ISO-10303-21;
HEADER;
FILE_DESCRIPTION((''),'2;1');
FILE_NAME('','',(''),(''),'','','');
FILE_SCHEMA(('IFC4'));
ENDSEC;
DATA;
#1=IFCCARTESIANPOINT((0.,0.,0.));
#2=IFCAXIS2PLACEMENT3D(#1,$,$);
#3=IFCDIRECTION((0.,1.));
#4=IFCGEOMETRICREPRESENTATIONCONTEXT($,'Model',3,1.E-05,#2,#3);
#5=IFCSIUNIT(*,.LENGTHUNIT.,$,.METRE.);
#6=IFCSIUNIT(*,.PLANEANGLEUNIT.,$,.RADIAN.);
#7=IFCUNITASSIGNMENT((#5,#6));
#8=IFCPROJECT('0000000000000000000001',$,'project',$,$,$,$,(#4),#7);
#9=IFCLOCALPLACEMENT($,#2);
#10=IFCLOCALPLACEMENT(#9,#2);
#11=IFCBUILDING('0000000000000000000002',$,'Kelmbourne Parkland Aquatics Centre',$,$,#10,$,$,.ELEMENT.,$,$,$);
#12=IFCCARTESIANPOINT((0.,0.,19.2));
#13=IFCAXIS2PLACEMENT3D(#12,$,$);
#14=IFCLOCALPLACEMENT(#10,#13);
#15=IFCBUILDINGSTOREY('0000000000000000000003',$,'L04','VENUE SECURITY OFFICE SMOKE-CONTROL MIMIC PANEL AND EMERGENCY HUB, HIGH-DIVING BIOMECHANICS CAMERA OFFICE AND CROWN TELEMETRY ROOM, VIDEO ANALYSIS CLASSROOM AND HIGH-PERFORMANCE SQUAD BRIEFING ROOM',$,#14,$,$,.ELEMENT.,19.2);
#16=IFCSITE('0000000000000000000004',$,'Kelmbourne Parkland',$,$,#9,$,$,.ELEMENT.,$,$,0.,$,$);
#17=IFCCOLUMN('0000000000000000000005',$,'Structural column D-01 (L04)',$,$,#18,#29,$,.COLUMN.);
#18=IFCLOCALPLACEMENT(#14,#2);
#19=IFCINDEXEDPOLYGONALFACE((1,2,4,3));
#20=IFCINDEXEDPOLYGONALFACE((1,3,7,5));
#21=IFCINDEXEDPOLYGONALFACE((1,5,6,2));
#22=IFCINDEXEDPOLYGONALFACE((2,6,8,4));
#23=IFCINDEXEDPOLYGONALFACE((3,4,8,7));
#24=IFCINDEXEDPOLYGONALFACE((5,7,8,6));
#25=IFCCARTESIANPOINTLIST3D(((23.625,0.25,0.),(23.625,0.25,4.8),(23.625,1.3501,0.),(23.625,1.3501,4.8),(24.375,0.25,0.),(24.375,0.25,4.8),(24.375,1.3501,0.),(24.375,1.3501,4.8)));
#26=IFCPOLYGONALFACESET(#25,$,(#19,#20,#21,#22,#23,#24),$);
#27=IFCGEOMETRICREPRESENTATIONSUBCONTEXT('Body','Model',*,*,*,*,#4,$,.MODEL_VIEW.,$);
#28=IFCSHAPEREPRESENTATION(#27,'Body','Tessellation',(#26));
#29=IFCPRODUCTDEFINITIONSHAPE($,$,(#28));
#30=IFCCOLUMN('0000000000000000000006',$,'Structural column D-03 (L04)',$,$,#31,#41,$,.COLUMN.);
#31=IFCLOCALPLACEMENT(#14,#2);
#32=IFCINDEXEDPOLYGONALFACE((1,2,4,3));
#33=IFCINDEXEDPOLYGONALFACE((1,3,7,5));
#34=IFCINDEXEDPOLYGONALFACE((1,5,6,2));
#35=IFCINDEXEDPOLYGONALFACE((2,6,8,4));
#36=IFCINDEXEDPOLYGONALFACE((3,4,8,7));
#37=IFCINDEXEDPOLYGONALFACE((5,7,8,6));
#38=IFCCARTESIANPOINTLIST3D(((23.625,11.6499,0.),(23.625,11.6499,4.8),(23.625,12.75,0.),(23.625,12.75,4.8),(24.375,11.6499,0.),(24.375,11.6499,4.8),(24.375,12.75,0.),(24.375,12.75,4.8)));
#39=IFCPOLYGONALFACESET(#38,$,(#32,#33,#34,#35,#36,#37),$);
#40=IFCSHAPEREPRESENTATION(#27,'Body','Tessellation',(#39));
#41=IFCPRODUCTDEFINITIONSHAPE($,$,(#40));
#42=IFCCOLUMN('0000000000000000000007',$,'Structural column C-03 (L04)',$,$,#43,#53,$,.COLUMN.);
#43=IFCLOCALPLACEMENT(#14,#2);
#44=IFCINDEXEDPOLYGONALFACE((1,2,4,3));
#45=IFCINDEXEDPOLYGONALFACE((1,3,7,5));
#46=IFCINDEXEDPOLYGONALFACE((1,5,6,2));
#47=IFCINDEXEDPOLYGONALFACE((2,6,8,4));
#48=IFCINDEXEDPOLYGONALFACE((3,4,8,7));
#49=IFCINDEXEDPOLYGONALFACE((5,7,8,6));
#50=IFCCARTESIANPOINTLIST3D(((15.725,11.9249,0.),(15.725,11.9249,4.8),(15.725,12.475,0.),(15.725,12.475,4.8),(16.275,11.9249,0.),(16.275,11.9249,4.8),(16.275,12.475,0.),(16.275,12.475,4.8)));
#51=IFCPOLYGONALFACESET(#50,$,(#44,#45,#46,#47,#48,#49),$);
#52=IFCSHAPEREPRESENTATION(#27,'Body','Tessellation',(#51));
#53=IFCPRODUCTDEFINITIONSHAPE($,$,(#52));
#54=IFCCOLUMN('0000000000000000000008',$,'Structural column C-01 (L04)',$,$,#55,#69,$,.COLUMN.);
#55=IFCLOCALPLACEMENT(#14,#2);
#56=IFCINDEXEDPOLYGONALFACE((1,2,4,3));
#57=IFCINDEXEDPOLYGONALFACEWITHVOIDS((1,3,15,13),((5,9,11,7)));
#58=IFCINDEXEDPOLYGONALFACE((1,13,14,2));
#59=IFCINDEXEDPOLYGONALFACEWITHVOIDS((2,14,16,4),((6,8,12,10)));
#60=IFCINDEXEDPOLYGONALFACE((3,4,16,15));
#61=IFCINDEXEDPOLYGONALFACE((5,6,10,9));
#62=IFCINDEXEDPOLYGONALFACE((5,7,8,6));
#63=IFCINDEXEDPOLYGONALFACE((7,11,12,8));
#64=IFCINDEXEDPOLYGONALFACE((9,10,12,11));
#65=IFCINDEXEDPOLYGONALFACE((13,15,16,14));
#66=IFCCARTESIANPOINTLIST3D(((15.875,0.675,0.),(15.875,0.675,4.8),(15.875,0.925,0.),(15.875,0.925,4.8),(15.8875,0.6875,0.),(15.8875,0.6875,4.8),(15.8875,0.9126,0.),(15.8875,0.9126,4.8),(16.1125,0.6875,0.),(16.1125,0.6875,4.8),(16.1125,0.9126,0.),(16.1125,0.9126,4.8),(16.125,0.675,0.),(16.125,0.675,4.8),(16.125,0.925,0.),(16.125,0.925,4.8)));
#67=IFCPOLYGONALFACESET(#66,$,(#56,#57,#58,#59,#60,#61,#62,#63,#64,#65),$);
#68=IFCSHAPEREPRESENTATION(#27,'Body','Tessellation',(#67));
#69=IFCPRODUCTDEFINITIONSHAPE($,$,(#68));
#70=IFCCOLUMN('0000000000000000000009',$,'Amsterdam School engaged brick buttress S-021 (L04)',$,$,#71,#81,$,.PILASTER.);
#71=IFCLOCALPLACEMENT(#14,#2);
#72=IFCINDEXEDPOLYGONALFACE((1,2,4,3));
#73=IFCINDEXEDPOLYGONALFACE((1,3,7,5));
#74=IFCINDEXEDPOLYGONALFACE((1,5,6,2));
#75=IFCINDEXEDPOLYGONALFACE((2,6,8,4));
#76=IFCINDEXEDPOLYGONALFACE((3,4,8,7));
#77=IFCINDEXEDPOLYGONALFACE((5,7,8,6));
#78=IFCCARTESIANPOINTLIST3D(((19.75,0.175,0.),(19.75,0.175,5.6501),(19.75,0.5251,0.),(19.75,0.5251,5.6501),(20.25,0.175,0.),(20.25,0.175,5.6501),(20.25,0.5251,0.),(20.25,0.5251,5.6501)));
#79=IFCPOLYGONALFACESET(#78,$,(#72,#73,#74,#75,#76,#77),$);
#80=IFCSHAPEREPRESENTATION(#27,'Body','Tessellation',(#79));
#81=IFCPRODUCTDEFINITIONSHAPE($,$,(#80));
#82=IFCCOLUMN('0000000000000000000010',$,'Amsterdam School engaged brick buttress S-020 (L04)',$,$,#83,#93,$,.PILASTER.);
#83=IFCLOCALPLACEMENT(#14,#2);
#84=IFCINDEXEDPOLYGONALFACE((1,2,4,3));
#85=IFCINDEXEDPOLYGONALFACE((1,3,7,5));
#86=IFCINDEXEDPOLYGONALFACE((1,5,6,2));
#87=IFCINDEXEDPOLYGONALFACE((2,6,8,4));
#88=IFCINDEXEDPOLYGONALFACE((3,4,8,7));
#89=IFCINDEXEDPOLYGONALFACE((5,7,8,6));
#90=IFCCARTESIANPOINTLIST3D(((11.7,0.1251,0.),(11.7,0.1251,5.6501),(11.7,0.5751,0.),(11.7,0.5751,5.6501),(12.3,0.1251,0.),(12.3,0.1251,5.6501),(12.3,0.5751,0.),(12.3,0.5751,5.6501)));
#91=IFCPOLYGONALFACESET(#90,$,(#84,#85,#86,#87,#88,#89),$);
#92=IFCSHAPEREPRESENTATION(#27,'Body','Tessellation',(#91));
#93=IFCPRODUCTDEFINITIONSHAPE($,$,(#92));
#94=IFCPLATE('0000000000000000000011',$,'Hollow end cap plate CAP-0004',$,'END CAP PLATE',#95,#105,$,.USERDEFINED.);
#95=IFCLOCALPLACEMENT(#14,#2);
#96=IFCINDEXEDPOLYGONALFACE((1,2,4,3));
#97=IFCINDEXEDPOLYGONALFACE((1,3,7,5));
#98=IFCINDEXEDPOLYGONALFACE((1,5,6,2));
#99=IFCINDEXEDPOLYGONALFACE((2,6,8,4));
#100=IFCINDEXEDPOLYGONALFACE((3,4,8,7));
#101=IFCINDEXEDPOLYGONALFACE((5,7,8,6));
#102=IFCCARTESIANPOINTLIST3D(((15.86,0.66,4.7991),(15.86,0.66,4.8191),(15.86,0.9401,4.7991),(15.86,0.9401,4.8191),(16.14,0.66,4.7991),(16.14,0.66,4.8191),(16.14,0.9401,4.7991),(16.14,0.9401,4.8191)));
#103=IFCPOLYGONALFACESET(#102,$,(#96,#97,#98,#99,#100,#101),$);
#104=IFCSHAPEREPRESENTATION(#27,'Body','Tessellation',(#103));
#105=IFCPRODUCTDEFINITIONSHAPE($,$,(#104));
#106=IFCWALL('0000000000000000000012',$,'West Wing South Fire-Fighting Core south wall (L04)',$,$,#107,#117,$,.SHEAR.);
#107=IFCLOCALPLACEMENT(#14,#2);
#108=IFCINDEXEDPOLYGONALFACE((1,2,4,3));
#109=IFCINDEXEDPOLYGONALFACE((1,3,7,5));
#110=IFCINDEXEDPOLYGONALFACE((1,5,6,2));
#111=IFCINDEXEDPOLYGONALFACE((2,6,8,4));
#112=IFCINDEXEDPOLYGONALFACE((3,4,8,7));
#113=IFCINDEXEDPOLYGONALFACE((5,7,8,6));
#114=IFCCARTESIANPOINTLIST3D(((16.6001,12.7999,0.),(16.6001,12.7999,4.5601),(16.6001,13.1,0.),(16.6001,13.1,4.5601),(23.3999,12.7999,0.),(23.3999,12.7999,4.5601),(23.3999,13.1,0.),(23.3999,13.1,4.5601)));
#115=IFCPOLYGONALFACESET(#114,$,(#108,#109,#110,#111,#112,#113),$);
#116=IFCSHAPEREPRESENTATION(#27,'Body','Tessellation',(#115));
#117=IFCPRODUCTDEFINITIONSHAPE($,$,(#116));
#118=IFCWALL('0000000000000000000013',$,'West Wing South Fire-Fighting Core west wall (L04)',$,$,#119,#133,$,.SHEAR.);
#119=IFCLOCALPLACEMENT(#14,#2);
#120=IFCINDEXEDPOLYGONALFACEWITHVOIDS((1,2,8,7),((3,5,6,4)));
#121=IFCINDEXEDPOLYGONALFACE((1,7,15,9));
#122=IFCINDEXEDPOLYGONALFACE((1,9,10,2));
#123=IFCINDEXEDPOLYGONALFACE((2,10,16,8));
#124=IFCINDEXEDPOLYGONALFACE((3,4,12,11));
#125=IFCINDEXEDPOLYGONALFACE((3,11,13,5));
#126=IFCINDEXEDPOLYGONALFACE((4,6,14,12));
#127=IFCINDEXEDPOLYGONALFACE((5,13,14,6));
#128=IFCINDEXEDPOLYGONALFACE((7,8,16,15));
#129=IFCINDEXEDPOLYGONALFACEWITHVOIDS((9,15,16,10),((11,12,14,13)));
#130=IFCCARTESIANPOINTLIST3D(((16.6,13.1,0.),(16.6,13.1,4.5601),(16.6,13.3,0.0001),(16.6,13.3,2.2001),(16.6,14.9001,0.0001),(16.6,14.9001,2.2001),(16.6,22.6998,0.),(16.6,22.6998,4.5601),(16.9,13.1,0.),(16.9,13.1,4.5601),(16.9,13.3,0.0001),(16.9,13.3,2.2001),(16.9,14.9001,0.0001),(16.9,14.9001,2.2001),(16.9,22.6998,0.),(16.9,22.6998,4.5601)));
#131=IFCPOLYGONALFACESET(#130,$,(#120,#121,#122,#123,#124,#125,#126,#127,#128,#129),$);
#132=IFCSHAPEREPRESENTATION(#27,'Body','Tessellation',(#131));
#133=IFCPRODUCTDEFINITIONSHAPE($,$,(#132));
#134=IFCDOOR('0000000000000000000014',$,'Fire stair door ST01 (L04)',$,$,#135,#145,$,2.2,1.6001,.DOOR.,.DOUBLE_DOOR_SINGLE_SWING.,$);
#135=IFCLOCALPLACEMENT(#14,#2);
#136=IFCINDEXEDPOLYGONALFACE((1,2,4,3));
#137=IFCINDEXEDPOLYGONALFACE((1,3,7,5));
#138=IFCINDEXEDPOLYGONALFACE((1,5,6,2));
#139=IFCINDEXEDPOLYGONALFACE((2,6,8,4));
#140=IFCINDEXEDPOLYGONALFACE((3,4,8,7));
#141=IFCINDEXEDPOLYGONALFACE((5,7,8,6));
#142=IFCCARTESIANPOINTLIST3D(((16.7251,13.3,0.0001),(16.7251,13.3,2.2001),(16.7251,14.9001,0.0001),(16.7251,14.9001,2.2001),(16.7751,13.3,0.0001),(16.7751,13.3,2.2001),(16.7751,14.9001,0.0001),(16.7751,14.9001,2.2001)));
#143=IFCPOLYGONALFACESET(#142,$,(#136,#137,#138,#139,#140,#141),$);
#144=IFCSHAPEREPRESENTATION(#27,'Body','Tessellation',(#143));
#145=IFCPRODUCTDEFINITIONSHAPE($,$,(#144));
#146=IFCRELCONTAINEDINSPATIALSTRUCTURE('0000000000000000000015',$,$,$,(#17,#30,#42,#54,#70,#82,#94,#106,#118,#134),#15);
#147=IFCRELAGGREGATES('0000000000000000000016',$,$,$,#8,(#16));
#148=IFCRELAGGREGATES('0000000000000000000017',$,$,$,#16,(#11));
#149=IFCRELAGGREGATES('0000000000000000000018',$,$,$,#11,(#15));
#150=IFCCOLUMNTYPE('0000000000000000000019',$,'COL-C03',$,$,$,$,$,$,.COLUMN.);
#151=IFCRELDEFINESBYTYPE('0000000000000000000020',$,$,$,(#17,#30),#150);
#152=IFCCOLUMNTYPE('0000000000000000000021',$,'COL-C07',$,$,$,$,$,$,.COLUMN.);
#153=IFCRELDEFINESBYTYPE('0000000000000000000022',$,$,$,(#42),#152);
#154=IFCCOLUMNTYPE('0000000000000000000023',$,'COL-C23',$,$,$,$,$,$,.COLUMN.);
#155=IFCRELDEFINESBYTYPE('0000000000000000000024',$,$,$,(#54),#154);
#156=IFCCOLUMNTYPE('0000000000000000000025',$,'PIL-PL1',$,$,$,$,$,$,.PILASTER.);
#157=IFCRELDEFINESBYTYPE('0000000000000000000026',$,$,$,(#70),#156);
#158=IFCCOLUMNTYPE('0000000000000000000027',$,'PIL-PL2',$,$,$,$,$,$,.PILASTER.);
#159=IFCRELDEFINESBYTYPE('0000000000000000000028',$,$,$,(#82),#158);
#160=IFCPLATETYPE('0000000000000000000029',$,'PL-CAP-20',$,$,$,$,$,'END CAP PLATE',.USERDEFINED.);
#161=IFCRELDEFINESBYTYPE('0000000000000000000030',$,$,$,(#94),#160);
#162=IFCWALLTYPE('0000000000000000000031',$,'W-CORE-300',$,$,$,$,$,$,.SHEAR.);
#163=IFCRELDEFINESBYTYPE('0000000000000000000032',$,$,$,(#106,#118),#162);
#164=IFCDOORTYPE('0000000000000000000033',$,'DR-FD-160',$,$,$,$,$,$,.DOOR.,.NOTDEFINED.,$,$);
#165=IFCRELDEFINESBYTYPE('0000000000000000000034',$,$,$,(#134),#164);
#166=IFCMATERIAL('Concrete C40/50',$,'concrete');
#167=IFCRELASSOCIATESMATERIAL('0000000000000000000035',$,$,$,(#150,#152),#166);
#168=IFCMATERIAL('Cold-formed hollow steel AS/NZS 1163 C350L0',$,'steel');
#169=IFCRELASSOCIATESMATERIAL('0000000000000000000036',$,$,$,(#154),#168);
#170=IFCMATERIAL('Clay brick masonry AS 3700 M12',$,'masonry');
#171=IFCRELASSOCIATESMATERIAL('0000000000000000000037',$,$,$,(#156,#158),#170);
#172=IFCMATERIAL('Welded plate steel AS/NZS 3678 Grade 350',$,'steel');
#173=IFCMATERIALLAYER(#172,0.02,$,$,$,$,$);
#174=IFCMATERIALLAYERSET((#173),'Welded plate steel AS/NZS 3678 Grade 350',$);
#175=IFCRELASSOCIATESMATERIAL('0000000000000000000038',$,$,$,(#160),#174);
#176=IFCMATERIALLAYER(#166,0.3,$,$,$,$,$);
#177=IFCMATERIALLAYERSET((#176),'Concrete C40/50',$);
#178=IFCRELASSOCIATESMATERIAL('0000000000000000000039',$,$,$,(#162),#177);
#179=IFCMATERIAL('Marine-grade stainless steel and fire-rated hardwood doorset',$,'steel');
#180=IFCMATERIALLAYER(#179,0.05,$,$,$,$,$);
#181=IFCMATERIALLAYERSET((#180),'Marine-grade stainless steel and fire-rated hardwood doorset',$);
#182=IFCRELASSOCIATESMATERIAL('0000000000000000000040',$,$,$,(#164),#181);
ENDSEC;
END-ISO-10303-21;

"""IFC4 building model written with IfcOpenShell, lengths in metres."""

from ifc_helpers import new_model, si_unit, direction, frame, frame_2d, origin, origin_2d, place, context, subcontext, project, spatial, rectangle, hollow_rectangle, extrude, material, layer, layer_set, material_profile, profile_set, type_object, element, fill, save


model = new_model("IFC4")

# Units and contexts
model_context = context("Model", 3, precision=1e-05, world=origin(), true_north=direction((0.0, 1.0)))
body_context = subcontext(model_context, "Body", "Model", "MODEL_VIEW")
ifc_project = project(units=[si_unit("LENGTHUNIT", "METRE"), si_unit("PLANEANGLEUNIT", "RADIAN")], contexts=[model_context])

# Site, building, storey
site_placement = place(None, origin())
site = spatial("IfcSite", under=ifc_project, at=site_placement, Name="Kelmbourne Parkland", CompositionType="ELEMENT", RefElevation=0.0)
building_placement = place(site_placement, origin())
building = spatial("IfcBuilding", under=site, at=building_placement, Name="Kelmbourne Parkland Aquatics Centre", CompositionType="ELEMENT")
storey_placement = place(building_placement, frame((0.0, 0.0, 19.2)))
storey = spatial("IfcBuildingStorey", under=building, at=storey_placement, Name="L04", Description="VENUE SECURITY OFFICE SMOKE-CONTROL MIMIC PANEL AND EMERGENCY HUB, HIGH-DIVING BIOMECHANICS CAMERA OFFICE AND CROWN TELEMETRY ROOM, VIDEO ANALYSIS CLASSROOM AND HIGH-PERFORMANCE SQUAD BRIEFING ROOM", CompositionType="ELEMENT", Elevation=19.2)

# Columns
ifc_material_1 = material(Name="Concrete C40/50", Category="concrete")
ifc_material_profile_1 = material_profile(ifc_material_1, rectangle(XDim=0.75, YDim=1.1001, at=origin_2d()), Name="RC 750x1100")
ifc_profile_set_1 = profile_set([ifc_material_profile_1], Name="Concrete C40/50")
column_type_1 = type_object("IfcColumnType", Name="COL-C03", PredefinedType="COLUMN", material=ifc_profile_set_1)
for number, where, z_axis, x_axis, name in (
    (1, (24.0, 0.8, 0.0), (0.0, 0.0, 1.0), (1.0, 0.0, 0.0), "Structural column D-01 (L04)"),
    (2, (24.0, 12.2, 0.0), (0.0, 0.0, 1.0), (1.0, 0.0, 0.0), "Structural column D-03 (L04)"),
):
    element("IfcColumn", number, at=place(storey_placement, frame(where, z_axis=z_axis, x_axis=x_axis)), inside=storey, type_object=column_type_1, Name=name, PredefinedType="COLUMN", context=body_context, shape_type="SweptSolid", body=[
        extrude(rectangle(XDim=0.75, YDim=1.1001, at=origin_2d()), origin(), (0.0, 0.0, 1.0), 4.8),
    ])
ifc_material_profile_2 = material_profile(ifc_material_1, rectangle(XDim=0.55, YDim=0.55, at=origin_2d()), Name="RC 550x550")
ifc_profile_set_2 = profile_set([ifc_material_profile_2], Name="Concrete C40/50")
column_type_2 = type_object("IfcColumnType", Name="COL-C07", PredefinedType="COLUMN", material=ifc_profile_set_2)
column_1_placement = place(storey_placement, frame((16.0, 12.2, 0.0), z_axis=(0.0, 0.0, 1.0), x_axis=(1.0, 0.0, 0.0)))
element("IfcColumn", 3, at=column_1_placement, inside=storey, type_object=column_type_2, Name="Structural column C-03 (L04)", PredefinedType="COLUMN", context=body_context, shape_type="SweptSolid", body=[
    extrude(rectangle(XDim=0.55, YDim=0.55, at=origin_2d()), origin(), (0.0, 0.0, 1.0), 4.8),
])
ifc_material_2 = material(Name="Cold-formed hollow steel AS/NZS 1163 C350L0", Category="steel")
ifc_material_profile_3 = material_profile(ifc_material_2, hollow_rectangle(XDim=0.25, YDim=0.25, WallThickness=0.0125, at=origin_2d()), Name="SHS 250x250x12.5")
ifc_profile_set_3 = profile_set([ifc_material_profile_3], Name="Cold-formed hollow steel AS/NZS 1163 C350L0")
column_type_3 = type_object("IfcColumnType", Name="COL-C23", PredefinedType="COLUMN", material=ifc_profile_set_3)
column_2_placement = place(storey_placement, frame((16.0, 0.8, 0.0), z_axis=(0.0, 0.0, 1.0), x_axis=(1.0, 0.0, 0.0)))
element("IfcColumn", 4, at=column_2_placement, inside=storey, type_object=column_type_3, Name="Structural column C-01 (L04)", PredefinedType="COLUMN", context=body_context, shape_type="SweptSolid", body=[
    extrude(hollow_rectangle(XDim=0.25, YDim=0.25, WallThickness=0.0125, at=origin_2d()), origin(), (0.0, 0.0, 1.0), 4.8),
])
ifc_material_3 = material(Name="Clay brick masonry AS 3700 M12", Category="masonry")
ifc_material_profile_4 = material_profile(ifc_material_3, rectangle(XDim=0.3501, YDim=0.5, at=origin_2d()), Name="PIL 350x500")
ifc_profile_set_4 = profile_set([ifc_material_profile_4], Name="Clay brick masonry AS 3700 M12")
column_type_4 = type_object("IfcColumnType", Name="PIL-PL1", PredefinedType="PILASTER", material=ifc_profile_set_4)
column_3_placement = place(storey_placement, frame((20.0, 0.3501, 0.0), z_axis=(0.0, 0.0, 1.0), x_axis=(0.0, 1.0, 0.0)))
element("IfcColumn", 5, at=column_3_placement, inside=storey, type_object=column_type_4, Name="Amsterdam School engaged brick buttress S-021 (L04)", PredefinedType="PILASTER", context=body_context, shape_type="SweptSolid", body=[
    extrude(rectangle(XDim=0.3501, YDim=0.5, at=origin_2d()), origin(), (0.0, 0.0, 1.0), 5.6501),
])
ifc_material_profile_5 = material_profile(ifc_material_3, rectangle(XDim=0.45, YDim=0.6001, at=origin_2d()), Name="PIL 450x600")
ifc_profile_set_5 = profile_set([ifc_material_profile_5], Name="Clay brick masonry AS 3700 M12")
column_type_5 = type_object("IfcColumnType", Name="PIL-PL2", PredefinedType="PILASTER", material=ifc_profile_set_5)
column_4_placement = place(storey_placement, frame((12.0, 0.3501, 0.0), z_axis=(0.0, 0.0, 1.0), x_axis=(0.0, 1.0, 0.0)))
element("IfcColumn", 6, at=column_4_placement, inside=storey, type_object=column_type_5, Name="Amsterdam School engaged brick buttress S-020 (L04)", PredefinedType="PILASTER", context=body_context, shape_type="SweptSolid", body=[
    extrude(rectangle(XDim=0.45, YDim=0.6001, at=origin_2d()), origin(), (0.0, 0.0, 1.0), 5.6501),
])

# Plate
ifc_material_4 = material(Name="Welded plate steel AS/NZS 3678 Grade 350", Category="steel")
ifc_layer_1 = layer(ifc_material_4, 0.02)
ifc_layer_set_1 = layer_set([ifc_layer_1], Name="Welded plate steel AS/NZS 3678 Grade 350")
plate_type = type_object("IfcPlateType", Name="PL-CAP-20", ElementType="END CAP PLATE", PredefinedType="USERDEFINED", material=ifc_layer_set_1)
plate_placement = place(storey_placement, frame((16.0, 0.8, 4.7991), z_axis=(0.0, 0.0, 1.0), x_axis=(1.0, 0.0, 0.0)))
element("IfcPlate", 7, at=plate_placement, inside=storey, type_object=plate_type, Name="Hollow end cap plate CAP-0004", ObjectType="END CAP PLATE", PredefinedType="USERDEFINED", context=body_context, shape_type="SweptSolid", body=[
    extrude(rectangle(XDim=0.28, YDim=0.28, at=origin_2d()), origin(), (0.0, 0.0, 1.0), 0.02),
])

# Wall
ifc_layer_2 = layer(ifc_material_1, 0.3)
ifc_layer_set_2 = layer_set([ifc_layer_2], Name="Concrete C40/50")
wall_type_1 = type_object("IfcWallType", Name="W-CORE-300", PredefinedType="SHEAR", material=ifc_layer_set_2)
wall_1_placement = place(storey_placement, frame((16.6001, 12.95, 0.0), z_axis=(0.0, 0.0, 1.0), x_axis=(1.0, 0.0, 0.0)))
element("IfcWall", 8, at=wall_1_placement, inside=storey, type_object=wall_type_1, Name="West Wing South Fire-Fighting Core south wall (L04)", PredefinedType="SHEAR", context=body_context, shape_type="SweptSolid", body=[
    extrude(rectangle(XDim=6.7998, YDim=0.3, at=frame_2d((3.3999, 0.0))), origin(), (0.0, 0.0, 1.0), 4.5601),
])

# Wall, opening, door
wall_2_placement = place(storey_placement, frame((16.75, 13.1001, 0.0), z_axis=(0.0, 0.0, 1.0), x_axis=(0.0, 1.0, 0.0)))
wall_2 = element("IfcWall", 9, at=wall_2_placement, inside=storey, type_object=wall_type_1, Name="West Wing South Fire-Fighting Core west wall (L04)", PredefinedType="SHEAR", context=body_context, shape_type="SweptSolid", body=[
    extrude(rectangle(XDim=9.5999, YDim=0.3, at=frame_2d((4.7998, 0.0))), origin(), (0.0, 0.0, 1.0), 4.5601),
])
opening_1_placement = place(wall_2_placement, frame((0.2, 0.0, 0.0)))
opening_1 = element("IfcOpeningElement", 10, at=opening_1_placement, cuts=wall_2, PredefinedType="OPENING", context=body_context, shape_type="SweptSolid", body=[
    extrude(rectangle(XDim=1.6001, YDim=2.2, at=frame_2d((0.8, 1.1001))), frame((0.0, 0.1621, 0.0), z_axis=(0.0, -1.0, 0.0), x_axis=(1.0, 0.0, 0.0)), (0.0, 0.0, 1.0), 0.324),
])
ifc_material_5 = material(Name="Marine-grade stainless steel and fire-rated hardwood doorset", Category="steel")
ifc_layer_3 = layer(ifc_material_5, 0.05)
ifc_layer_set_3 = layer_set([ifc_layer_3], Name="Marine-grade stainless steel and fire-rated hardwood doorset")
door_type_1 = type_object("IfcDoorType", Name="DR-FD-160", OperationType="NOTDEFINED", PredefinedType="DOOR", material=ifc_layer_set_3)
door_1_placement = place(opening_1_placement, origin())
door_1 = element("IfcDoor", 11, at=door_1_placement, inside=storey, type_object=door_type_1, Name="Fire stair door ST01 (L04)", OperationType="DOUBLE_DOOR_SINGLE_SWING", OverallHeight=2.2, OverallWidth=1.6001, PredefinedType="DOOR", context=body_context, shape_type="SweptSolid", body=[
    extrude(rectangle(XDim=1.6001, YDim=2.2, at=frame_2d((0.8, 1.1001))), frame((0.0, 0.0249, 0.0), z_axis=(0.0, -1.0, 0.0), x_axis=(1.0, 0.0, 0.0)), (0.0, 0.0, 1.0), 0.05),
])
fill(opening_1, door_1)

save(model, "model.ifc")
